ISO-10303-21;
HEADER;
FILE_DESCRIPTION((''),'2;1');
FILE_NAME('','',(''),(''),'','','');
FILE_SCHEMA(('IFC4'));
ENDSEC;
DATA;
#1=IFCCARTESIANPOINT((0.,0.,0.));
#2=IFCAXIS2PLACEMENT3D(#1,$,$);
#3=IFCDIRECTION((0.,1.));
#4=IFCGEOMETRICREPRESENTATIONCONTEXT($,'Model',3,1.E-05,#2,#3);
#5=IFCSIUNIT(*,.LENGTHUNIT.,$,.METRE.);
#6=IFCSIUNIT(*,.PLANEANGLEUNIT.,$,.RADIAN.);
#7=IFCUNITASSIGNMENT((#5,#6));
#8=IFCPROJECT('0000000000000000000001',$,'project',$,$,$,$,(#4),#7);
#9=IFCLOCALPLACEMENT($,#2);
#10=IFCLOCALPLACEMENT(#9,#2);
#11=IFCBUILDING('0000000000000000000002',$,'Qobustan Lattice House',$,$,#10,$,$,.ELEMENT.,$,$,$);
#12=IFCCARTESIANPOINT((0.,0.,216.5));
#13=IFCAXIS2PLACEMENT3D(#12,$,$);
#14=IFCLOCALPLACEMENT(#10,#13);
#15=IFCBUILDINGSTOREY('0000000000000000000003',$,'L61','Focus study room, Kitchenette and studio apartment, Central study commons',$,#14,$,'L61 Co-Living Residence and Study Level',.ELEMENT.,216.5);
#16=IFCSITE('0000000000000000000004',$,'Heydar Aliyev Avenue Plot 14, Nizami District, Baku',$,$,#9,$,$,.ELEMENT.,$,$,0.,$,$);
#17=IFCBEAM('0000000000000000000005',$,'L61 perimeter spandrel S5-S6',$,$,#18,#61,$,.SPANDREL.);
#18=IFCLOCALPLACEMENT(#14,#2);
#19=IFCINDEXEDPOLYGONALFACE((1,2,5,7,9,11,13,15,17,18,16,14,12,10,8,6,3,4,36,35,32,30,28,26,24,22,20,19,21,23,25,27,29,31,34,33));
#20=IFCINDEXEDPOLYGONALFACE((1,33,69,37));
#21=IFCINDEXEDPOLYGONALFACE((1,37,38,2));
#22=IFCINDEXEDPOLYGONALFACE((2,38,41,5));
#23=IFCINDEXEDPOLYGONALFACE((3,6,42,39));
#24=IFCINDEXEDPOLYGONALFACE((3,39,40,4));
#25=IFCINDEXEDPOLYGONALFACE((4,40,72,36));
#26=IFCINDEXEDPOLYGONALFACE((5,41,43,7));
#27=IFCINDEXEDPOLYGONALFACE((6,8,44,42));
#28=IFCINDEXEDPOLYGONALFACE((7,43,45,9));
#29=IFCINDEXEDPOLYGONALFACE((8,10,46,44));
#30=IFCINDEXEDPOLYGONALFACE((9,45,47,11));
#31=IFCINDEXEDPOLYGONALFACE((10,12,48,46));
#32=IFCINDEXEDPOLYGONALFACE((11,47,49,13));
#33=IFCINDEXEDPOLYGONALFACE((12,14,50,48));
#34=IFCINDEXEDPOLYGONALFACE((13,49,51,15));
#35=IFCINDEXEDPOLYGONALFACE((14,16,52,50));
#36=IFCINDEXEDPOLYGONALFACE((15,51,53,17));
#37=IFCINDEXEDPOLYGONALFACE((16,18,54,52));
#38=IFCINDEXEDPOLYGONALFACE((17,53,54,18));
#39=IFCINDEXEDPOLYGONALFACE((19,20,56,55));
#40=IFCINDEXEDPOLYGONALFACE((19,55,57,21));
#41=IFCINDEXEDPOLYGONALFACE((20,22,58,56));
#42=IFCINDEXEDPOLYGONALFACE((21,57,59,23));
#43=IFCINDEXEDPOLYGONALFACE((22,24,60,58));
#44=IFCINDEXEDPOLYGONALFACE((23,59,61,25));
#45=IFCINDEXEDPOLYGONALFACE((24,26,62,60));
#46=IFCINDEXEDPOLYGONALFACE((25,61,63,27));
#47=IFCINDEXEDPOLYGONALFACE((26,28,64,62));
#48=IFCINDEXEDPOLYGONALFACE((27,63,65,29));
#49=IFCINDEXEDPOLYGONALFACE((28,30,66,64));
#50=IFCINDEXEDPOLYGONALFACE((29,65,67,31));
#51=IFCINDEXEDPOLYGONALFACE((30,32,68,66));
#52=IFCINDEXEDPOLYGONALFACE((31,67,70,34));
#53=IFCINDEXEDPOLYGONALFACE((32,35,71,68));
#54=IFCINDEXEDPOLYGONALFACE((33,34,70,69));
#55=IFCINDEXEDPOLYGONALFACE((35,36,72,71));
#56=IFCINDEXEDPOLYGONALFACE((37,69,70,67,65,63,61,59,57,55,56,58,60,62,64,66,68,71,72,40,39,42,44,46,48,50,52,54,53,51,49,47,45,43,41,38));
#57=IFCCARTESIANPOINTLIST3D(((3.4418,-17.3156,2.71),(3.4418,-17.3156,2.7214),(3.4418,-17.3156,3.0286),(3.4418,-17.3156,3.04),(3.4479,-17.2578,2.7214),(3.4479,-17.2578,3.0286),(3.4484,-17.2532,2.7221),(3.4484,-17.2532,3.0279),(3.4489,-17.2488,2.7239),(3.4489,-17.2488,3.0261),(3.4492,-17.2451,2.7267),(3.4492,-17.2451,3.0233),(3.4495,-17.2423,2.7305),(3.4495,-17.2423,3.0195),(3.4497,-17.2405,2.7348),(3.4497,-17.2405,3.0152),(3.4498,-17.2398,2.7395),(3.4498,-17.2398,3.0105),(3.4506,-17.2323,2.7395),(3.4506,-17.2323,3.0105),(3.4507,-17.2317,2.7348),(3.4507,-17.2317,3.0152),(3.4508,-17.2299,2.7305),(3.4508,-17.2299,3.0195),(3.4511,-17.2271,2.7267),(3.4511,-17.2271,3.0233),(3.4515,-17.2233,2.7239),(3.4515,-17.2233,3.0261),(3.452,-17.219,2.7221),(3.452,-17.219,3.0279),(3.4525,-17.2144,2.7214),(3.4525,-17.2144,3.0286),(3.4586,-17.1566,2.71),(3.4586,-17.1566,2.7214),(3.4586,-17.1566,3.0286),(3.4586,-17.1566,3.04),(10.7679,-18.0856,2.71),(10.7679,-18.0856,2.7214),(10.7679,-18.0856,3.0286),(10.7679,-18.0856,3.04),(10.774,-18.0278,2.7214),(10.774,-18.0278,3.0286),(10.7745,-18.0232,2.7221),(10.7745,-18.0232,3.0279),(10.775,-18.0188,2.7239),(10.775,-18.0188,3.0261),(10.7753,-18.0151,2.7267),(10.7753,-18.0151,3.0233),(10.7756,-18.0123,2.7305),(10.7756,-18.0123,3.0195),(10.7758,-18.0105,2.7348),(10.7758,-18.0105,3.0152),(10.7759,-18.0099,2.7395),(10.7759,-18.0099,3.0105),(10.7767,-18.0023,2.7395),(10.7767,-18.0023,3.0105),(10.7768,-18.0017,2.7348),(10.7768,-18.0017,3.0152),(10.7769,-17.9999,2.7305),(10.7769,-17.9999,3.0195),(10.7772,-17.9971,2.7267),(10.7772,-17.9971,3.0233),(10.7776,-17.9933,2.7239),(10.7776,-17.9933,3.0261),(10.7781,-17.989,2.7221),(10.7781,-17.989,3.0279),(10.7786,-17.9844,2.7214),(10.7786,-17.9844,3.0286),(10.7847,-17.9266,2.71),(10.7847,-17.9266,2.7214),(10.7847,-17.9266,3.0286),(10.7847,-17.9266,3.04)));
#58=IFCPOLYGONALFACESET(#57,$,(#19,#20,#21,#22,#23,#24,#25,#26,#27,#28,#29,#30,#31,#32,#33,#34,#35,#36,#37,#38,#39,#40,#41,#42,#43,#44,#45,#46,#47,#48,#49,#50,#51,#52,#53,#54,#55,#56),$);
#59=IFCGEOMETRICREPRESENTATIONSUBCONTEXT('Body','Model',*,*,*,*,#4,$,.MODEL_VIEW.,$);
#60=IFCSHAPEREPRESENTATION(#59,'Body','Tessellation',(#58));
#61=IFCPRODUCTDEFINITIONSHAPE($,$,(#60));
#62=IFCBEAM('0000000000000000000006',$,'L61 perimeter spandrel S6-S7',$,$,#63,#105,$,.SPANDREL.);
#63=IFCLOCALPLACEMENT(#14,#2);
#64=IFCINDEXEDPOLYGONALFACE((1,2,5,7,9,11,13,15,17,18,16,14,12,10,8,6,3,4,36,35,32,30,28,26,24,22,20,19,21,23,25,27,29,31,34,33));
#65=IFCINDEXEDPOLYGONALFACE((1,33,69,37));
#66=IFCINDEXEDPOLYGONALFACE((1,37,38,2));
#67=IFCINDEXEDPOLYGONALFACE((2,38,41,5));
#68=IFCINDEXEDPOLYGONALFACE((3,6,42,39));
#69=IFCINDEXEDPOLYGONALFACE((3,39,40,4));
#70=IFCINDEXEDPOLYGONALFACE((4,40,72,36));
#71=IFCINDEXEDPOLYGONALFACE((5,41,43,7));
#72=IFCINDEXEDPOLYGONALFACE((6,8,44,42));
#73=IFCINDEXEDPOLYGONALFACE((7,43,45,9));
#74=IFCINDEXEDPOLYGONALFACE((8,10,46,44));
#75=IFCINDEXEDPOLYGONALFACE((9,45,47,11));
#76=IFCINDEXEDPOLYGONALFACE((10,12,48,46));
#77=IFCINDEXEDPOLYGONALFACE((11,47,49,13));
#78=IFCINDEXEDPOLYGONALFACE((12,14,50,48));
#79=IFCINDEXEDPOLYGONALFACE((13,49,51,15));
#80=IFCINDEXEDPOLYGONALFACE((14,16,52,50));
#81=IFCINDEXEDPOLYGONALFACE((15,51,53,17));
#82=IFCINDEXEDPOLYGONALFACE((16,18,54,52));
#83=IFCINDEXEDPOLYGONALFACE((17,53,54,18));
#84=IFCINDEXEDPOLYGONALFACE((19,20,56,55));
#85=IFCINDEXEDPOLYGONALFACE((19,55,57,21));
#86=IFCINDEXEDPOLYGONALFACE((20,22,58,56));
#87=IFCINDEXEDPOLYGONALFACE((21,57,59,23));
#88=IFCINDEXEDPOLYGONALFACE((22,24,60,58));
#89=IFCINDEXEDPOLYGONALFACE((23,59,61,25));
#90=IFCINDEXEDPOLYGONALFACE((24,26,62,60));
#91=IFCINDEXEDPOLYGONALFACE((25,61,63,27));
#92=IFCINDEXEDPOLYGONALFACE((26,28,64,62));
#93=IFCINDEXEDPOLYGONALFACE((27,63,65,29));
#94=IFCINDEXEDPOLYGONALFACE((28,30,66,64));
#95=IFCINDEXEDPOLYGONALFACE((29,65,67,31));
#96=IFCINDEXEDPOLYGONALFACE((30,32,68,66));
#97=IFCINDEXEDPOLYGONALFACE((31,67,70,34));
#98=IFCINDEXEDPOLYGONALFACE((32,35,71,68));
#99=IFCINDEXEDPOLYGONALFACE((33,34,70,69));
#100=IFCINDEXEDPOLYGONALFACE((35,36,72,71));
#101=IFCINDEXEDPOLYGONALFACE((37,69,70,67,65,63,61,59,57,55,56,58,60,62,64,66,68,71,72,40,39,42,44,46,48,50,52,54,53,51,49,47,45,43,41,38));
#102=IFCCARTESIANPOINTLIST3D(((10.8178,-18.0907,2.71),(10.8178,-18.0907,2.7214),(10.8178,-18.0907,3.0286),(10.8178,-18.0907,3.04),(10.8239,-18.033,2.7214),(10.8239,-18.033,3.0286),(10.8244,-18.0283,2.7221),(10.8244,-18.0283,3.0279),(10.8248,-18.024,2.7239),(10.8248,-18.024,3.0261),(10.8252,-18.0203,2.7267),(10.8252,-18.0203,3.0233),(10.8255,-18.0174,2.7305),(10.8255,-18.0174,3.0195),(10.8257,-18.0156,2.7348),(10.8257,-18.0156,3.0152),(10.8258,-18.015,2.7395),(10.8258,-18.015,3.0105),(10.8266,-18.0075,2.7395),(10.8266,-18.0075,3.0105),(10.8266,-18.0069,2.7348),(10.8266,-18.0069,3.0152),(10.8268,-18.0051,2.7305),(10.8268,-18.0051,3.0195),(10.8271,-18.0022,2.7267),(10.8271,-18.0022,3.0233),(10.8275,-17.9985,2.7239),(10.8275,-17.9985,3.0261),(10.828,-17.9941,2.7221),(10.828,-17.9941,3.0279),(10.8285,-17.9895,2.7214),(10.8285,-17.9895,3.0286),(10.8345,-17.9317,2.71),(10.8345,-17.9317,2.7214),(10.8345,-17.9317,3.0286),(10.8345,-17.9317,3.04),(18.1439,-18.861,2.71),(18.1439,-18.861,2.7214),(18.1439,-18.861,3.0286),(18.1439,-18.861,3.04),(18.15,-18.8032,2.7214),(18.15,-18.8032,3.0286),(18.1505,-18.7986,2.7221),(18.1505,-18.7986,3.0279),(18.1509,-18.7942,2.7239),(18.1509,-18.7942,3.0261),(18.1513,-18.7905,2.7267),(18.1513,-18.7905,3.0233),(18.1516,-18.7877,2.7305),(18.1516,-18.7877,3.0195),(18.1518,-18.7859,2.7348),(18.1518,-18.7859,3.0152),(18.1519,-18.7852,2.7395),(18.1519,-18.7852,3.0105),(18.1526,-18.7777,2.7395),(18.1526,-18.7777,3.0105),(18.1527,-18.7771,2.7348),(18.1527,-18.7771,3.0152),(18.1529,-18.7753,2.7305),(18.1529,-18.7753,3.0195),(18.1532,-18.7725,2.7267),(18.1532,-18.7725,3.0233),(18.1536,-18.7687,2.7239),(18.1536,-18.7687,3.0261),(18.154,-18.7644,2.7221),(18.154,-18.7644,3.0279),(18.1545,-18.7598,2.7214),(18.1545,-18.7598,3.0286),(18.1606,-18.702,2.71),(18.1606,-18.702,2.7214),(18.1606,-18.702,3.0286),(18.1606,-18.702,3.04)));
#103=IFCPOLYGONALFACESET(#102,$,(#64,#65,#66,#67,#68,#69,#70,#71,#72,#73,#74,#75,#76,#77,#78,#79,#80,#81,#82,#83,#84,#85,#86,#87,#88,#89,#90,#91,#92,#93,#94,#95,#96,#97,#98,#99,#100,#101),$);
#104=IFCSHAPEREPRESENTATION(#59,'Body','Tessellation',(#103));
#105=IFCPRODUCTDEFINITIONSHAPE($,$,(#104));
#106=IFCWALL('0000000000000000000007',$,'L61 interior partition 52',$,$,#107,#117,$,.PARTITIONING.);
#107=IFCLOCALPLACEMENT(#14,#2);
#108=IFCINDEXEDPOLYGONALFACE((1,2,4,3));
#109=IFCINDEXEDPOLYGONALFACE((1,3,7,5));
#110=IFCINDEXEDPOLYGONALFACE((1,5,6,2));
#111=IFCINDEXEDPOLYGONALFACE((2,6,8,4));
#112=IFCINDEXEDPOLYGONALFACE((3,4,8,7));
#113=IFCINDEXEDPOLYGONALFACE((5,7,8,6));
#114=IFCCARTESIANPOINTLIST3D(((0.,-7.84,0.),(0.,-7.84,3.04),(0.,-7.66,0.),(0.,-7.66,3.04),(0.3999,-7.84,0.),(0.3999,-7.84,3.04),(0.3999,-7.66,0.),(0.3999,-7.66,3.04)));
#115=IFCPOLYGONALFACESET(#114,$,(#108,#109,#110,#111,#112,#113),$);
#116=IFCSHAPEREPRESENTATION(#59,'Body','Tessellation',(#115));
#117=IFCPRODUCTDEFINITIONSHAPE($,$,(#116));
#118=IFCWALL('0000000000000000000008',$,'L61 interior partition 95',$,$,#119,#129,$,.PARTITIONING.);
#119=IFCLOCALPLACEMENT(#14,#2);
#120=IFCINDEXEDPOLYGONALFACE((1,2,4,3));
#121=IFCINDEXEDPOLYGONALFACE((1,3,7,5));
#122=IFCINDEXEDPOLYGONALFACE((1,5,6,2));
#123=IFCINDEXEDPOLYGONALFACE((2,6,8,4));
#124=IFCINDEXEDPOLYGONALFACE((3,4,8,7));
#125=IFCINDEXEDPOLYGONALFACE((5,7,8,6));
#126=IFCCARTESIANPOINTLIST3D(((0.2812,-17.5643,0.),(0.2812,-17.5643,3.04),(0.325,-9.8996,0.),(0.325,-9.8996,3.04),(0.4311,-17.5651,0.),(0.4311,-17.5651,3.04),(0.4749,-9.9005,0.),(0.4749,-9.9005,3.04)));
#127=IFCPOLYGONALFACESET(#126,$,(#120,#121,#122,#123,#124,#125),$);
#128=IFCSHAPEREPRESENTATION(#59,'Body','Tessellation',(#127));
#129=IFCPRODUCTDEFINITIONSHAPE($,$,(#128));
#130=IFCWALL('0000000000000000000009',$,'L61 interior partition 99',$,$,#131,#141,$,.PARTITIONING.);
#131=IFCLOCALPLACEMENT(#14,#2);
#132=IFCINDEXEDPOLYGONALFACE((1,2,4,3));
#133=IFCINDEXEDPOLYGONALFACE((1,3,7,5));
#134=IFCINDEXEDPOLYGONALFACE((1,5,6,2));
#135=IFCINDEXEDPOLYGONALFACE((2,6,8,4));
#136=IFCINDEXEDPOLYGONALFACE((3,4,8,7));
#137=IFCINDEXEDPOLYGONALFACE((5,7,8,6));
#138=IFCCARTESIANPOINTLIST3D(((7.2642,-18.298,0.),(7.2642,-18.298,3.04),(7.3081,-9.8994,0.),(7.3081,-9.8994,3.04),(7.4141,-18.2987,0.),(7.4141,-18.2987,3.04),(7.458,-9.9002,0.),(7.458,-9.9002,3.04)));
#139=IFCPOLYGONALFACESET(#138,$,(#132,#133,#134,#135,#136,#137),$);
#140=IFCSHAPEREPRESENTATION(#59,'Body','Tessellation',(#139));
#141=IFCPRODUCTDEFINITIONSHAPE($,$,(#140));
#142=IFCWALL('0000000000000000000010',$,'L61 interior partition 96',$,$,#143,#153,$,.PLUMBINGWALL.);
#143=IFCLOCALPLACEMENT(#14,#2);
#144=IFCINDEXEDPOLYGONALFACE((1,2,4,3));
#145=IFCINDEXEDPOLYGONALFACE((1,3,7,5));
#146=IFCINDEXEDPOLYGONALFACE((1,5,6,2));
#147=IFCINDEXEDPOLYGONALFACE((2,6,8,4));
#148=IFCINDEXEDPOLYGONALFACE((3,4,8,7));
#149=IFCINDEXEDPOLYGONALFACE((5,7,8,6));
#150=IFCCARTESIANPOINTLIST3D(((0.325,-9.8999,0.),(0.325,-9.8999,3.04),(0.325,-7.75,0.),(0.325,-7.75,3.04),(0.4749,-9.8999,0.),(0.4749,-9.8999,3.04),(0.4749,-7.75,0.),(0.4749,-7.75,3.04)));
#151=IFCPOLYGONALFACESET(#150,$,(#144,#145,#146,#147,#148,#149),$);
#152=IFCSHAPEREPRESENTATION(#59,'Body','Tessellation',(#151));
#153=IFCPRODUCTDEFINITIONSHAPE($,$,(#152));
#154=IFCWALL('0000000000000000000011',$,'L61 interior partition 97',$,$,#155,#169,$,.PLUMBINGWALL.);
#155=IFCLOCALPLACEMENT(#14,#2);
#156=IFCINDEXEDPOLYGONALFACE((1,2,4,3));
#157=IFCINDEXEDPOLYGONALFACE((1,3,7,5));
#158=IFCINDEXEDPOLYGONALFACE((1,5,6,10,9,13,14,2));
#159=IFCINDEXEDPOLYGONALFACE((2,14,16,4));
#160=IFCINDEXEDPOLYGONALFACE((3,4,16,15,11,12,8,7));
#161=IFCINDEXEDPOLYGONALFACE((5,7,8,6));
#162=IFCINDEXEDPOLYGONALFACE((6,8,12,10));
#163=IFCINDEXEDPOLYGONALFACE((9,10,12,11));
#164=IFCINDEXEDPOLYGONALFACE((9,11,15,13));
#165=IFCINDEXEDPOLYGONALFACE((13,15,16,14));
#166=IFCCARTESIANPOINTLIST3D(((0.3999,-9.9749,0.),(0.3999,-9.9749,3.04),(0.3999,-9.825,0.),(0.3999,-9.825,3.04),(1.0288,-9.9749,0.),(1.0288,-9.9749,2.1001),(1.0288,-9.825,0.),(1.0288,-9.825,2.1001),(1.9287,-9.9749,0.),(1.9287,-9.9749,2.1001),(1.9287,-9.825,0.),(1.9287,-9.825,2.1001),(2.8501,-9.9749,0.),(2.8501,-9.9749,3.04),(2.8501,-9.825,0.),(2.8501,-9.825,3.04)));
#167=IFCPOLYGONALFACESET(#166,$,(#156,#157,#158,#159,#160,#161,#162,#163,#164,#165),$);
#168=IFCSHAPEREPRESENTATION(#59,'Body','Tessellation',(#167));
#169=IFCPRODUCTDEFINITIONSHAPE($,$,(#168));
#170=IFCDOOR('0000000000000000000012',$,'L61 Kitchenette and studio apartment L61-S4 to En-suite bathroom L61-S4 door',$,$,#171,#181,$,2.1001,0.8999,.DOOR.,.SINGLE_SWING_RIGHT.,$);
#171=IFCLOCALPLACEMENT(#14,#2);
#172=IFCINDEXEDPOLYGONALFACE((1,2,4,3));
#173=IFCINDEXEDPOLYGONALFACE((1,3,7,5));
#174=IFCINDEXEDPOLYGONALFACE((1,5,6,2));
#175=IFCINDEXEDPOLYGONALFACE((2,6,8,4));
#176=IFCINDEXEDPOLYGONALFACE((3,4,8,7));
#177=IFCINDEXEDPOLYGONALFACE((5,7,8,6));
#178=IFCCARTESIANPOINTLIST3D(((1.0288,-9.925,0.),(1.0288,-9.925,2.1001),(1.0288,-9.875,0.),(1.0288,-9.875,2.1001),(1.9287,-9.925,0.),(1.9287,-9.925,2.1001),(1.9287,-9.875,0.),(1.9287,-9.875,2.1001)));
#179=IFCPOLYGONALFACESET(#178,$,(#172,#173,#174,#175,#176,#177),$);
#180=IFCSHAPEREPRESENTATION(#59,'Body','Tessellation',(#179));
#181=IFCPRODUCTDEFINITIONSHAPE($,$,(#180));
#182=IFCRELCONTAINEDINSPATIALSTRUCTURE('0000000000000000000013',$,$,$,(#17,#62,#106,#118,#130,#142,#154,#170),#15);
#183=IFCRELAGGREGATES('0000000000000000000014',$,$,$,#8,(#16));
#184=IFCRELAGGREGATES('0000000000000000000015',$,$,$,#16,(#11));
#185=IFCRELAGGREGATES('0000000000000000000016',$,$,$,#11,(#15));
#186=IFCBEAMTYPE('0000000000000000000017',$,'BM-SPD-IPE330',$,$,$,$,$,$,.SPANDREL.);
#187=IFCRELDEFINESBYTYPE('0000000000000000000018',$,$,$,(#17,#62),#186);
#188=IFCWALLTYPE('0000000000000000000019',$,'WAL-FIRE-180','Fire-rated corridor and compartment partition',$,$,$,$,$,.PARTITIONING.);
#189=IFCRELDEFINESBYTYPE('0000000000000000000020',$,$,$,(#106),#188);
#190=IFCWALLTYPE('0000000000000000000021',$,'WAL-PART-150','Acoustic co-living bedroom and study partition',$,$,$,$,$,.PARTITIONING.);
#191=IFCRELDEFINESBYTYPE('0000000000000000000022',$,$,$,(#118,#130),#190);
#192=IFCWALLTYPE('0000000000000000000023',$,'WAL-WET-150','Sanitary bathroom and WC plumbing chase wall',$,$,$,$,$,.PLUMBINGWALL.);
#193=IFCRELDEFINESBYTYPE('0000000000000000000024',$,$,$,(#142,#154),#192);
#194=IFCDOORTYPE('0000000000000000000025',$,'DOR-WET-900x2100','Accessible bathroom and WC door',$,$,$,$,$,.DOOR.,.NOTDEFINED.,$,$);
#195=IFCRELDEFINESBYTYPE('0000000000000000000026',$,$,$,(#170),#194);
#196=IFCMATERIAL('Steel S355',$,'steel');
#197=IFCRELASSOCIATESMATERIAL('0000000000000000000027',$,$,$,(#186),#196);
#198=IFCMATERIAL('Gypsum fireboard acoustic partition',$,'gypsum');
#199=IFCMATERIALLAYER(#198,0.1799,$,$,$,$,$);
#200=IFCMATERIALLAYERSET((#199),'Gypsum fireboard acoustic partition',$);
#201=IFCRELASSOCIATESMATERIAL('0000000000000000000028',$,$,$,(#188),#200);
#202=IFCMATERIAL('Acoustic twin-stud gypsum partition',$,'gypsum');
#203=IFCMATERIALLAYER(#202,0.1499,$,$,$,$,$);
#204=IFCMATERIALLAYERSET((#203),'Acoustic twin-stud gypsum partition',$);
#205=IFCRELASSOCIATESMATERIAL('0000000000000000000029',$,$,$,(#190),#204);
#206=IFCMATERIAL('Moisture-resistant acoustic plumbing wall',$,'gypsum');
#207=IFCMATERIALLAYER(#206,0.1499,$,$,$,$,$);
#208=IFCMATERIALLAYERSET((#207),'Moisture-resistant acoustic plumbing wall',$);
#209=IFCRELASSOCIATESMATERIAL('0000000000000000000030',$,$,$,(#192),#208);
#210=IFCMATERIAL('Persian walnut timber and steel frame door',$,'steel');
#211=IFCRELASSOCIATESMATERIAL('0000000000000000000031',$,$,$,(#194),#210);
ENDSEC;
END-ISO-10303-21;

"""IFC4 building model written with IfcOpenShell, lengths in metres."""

from ifc_helpers import new_model, si_unit, direction, frame, frame_2d, origin, origin_2d, place, context, subcontext, project, spatial, rectangle, i_section, extrude, material, layer, layer_set, material_profile, profile_set, type_object, element, fill, save


model = new_model("IFC4")

# Units and contexts
model_context = context("Model", 3, precision=1e-05, world=origin(), true_north=direction((0.0, 1.0)))
body_context = subcontext(model_context, "Body", "Model", "MODEL_VIEW")
ifc_project = project(units=[si_unit("LENGTHUNIT", "METRE"), si_unit("PLANEANGLEUNIT", "RADIAN")], contexts=[model_context])

# Site, building, storey
site_placement = place(None, origin())
site = spatial("IfcSite", under=ifc_project, at=site_placement, Name="Heydar Aliyev Avenue Plot 14, Nizami District, Baku", CompositionType="ELEMENT", RefElevation=0.0)
building_placement = place(site_placement, origin())
building = spatial("IfcBuilding", under=site, at=building_placement, Name="Qobustan Lattice House", CompositionType="ELEMENT")
storey_placement = place(building_placement, frame((0.0, 0.0, 216.5)))
storey = spatial("IfcBuildingStorey", under=building, at=storey_placement, Name="L61", Description="Focus study room, Kitchenette and studio apartment, Central study commons", LongName="L61 Co-Living Residence and Study Level", CompositionType="ELEMENT", Elevation=216.5)

# Beams
ifc_material_1 = material(Name="Steel S355", Category="steel")
ifc_material_profile_1 = material_profile(ifc_material_1, i_section(OverallWidth=0.1599, OverallDepth=0.3301, WebThickness=0.0076, FlangeThickness=0.0115, FilletRadius=0.0181, at=origin_2d()), Name="IPE330")
ifc_profile_set_1 = profile_set([ifc_material_profile_1], Name="Steel S355")
beam_type_1 = type_object("IfcBeamType", Name="BM-SPD-IPE330", PredefinedType="SPANDREL", material=ifc_profile_set_1)
for number, where, z_axis, x_axis, name in (
    (1, (3.4502, -17.2361, 2.875), (0.994522, -0.10453, 0.0), (0.10453, 0.994522, 0.0), "L61 perimeter spandrel S5-S6"),
    (2, (10.8262, -18.0112, 2.875), (0.994518, -0.104562, 0.0), (0.104562, 0.994518, 0.0), "L61 perimeter spandrel S6-S7"),
):
    element("IfcBeam", number, at=place(storey_placement, frame(where, z_axis=z_axis, x_axis=x_axis)), inside=storey, type_object=beam_type_1, Name=name, PredefinedType="SPANDREL", context=body_context, shape_type="SweptSolid", body=[
        extrude(i_section(OverallWidth=0.1599, OverallDepth=0.3301, WebThickness=0.0076, FlangeThickness=0.0115, FilletRadius=0.0181, at=origin_2d()), origin(), (0.0, 0.0, 1.0), 7.3665),
    ])

# Shared definitions
ifc_material_2 = material(Name="Gypsum fireboard acoustic partition", Category="gypsum")
ifc_layer_1 = layer(ifc_material_2, 0.1799)
ifc_layer_set_1 = layer_set([ifc_layer_1], Name="Gypsum fireboard acoustic partition")
wall_type_1 = type_object("IfcWallType", Name="WAL-FIRE-180", Description="Fire-rated corridor and compartment partition", PredefinedType="PARTITIONING", material=ifc_layer_set_1)

# Walls
wall_1_placement = place(storey_placement, frame((0.3999, -7.75, 0.0), z_axis=(0.0, 0.0, 1.0), x_axis=(-1.0, 0.0, 0.0)))
element("IfcWall", 3, at=wall_1_placement, inside=storey, type_object=wall_type_1, Name="L61 interior partition 52", PredefinedType="PARTITIONING", context=body_context, shape_type="SweptSolid", body=[
    extrude(rectangle(XDim=0.3999, YDim=0.1799, at=frame_2d((0.2, 0.0))), origin(), (0.0, 0.0, 1.0), 3.04),
])
ifc_material_3 = material(Name="Acoustic twin-stud gypsum partition", Category="gypsum")
ifc_layer_2 = layer(ifc_material_3, 0.1499)
ifc_layer_set_2 = layer_set([ifc_layer_2], Name="Acoustic twin-stud gypsum partition")
wall_type_2 = type_object("IfcWallType", Name="WAL-PART-150", Description="Acoustic co-living bedroom and study partition", PredefinedType="PARTITIONING", material=ifc_layer_set_2)
wall_2_placement = place(storey_placement, frame((0.3999, -9.8999, 0.0), z_axis=(0.0, 0.0, 1.0), x_axis=(-0.005702, -0.999984, 0.0)))
element("IfcWall", 4, at=wall_2_placement, inside=storey, type_object=wall_type_2, Name="L61 interior partition 95", PredefinedType="PARTITIONING", context=body_context, shape_type="SweptSolid", body=[
    extrude(rectangle(XDim=7.6648, YDim=0.1499, at=frame_2d((3.8325, 0.0))), origin(), (0.0, 0.0, 1.0), 3.04),
])
wall_3_placement = place(storey_placement, frame((7.3831, -9.8999, 0.0), z_axis=(0.0, 0.0, 1.0), x_axis=(-0.005232, -0.999986, 0.0)))
element("IfcWall", 5, at=wall_3_placement, inside=storey, type_object=wall_type_2, Name="L61 interior partition 99", PredefinedType="PARTITIONING", context=body_context, shape_type="SweptSolid", body=[
    extrude(rectangle(XDim=8.3987, YDim=0.1499, at=frame_2d((4.1992, 0.0))), origin(), (0.0, 0.0, 1.0), 3.04),
])
ifc_material_4 = material(Name="Moisture-resistant acoustic plumbing wall", Category="gypsum")
ifc_layer_3 = layer(ifc_material_4, 0.1499)
ifc_layer_set_3 = layer_set([ifc_layer_3], Name="Moisture-resistant acoustic plumbing wall")
wall_type_3 = type_object("IfcWallType", Name="WAL-WET-150", Description="Sanitary bathroom and WC plumbing chase wall", PredefinedType="PLUMBINGWALL", material=ifc_layer_set_3)
wall_4_placement = place(storey_placement, frame((0.3999, -7.75, 0.0), z_axis=(0.0, 0.0, 1.0), x_axis=(0.0, -1.0, 0.0)))
element("IfcWall", 6, at=wall_4_placement, inside=storey, type_object=wall_type_3, Name="L61 interior partition 96", PredefinedType="PLUMBINGWALL", context=body_context, shape_type="SweptSolid", body=[
    extrude(rectangle(XDim=2.1499, YDim=0.1499, at=frame_2d((1.075, 0.0))), origin(), (0.0, 0.0, 1.0), 3.04),
])

# Wall, opening, door
wall_5_placement = place(storey_placement, frame((0.3999, -9.8999, 0.0), z_axis=(0.0, 0.0, 1.0), x_axis=(1.0, 0.0, 0.0)))
wall_5 = element("IfcWall", 7, at=wall_5_placement, inside=storey, type_object=wall_type_3, Name="L61 interior partition 97", PredefinedType="PLUMBINGWALL", context=body_context, shape_type="SweptSolid", body=[
    extrude(rectangle(XDim=2.4502, YDim=0.1499, at=frame_2d((1.2251, 0.0))), origin(), (0.0, 0.0, 1.0), 3.04),
])
opening_1_placement = place(wall_5_placement, frame((0.6289, 0.0, 0.0)))
opening_1 = element("IfcOpeningElement", 8, at=opening_1_placement, cuts=wall_5, PredefinedType="OPENING", context=body_context, shape_type="SweptSolid", body=[
    extrude(rectangle(XDim=0.8999, YDim=2.1001, at=frame_2d((0.45, 1.05))), frame((0.0, 0.085, 0.0), z_axis=(0.0, -1.0, 0.0), x_axis=(1.0, 0.0, 0.0)), (0.0, 0.0, 1.0), 0.1699),
])
ifc_material_5 = material(Name="Persian walnut timber and steel frame door", Category="steel")
door_type_1 = type_object("IfcDoorType", Name="DOR-WET-900x2100", Description="Accessible bathroom and WC door", OperationType="NOTDEFINED", PredefinedType="DOOR", material=ifc_material_5)
door_1_placement = place(opening_1_placement, origin())
door_1 = element("IfcDoor", 9, at=door_1_placement, inside=storey, type_object=door_type_1, Name="L61 Kitchenette and studio apartment L61-S4 to En-suite bathroom L61-S4 door", OperationType="SINGLE_SWING_RIGHT", OverallHeight=2.1001, OverallWidth=0.8999, PredefinedType="DOOR", context=body_context, shape_type="SweptSolid", body=[
    extrude(rectangle(XDim=0.8999, YDim=2.1001, at=frame_2d((0.45, 1.05))), frame((0.0, 0.0249, 0.0), z_axis=(0.0, -1.0, 0.0), x_axis=(1.0, 0.0, 0.0)), (0.0, 0.0, 1.0), 0.05),
])
fill(opening_1, door_1)

save(model, "model.ifc")
